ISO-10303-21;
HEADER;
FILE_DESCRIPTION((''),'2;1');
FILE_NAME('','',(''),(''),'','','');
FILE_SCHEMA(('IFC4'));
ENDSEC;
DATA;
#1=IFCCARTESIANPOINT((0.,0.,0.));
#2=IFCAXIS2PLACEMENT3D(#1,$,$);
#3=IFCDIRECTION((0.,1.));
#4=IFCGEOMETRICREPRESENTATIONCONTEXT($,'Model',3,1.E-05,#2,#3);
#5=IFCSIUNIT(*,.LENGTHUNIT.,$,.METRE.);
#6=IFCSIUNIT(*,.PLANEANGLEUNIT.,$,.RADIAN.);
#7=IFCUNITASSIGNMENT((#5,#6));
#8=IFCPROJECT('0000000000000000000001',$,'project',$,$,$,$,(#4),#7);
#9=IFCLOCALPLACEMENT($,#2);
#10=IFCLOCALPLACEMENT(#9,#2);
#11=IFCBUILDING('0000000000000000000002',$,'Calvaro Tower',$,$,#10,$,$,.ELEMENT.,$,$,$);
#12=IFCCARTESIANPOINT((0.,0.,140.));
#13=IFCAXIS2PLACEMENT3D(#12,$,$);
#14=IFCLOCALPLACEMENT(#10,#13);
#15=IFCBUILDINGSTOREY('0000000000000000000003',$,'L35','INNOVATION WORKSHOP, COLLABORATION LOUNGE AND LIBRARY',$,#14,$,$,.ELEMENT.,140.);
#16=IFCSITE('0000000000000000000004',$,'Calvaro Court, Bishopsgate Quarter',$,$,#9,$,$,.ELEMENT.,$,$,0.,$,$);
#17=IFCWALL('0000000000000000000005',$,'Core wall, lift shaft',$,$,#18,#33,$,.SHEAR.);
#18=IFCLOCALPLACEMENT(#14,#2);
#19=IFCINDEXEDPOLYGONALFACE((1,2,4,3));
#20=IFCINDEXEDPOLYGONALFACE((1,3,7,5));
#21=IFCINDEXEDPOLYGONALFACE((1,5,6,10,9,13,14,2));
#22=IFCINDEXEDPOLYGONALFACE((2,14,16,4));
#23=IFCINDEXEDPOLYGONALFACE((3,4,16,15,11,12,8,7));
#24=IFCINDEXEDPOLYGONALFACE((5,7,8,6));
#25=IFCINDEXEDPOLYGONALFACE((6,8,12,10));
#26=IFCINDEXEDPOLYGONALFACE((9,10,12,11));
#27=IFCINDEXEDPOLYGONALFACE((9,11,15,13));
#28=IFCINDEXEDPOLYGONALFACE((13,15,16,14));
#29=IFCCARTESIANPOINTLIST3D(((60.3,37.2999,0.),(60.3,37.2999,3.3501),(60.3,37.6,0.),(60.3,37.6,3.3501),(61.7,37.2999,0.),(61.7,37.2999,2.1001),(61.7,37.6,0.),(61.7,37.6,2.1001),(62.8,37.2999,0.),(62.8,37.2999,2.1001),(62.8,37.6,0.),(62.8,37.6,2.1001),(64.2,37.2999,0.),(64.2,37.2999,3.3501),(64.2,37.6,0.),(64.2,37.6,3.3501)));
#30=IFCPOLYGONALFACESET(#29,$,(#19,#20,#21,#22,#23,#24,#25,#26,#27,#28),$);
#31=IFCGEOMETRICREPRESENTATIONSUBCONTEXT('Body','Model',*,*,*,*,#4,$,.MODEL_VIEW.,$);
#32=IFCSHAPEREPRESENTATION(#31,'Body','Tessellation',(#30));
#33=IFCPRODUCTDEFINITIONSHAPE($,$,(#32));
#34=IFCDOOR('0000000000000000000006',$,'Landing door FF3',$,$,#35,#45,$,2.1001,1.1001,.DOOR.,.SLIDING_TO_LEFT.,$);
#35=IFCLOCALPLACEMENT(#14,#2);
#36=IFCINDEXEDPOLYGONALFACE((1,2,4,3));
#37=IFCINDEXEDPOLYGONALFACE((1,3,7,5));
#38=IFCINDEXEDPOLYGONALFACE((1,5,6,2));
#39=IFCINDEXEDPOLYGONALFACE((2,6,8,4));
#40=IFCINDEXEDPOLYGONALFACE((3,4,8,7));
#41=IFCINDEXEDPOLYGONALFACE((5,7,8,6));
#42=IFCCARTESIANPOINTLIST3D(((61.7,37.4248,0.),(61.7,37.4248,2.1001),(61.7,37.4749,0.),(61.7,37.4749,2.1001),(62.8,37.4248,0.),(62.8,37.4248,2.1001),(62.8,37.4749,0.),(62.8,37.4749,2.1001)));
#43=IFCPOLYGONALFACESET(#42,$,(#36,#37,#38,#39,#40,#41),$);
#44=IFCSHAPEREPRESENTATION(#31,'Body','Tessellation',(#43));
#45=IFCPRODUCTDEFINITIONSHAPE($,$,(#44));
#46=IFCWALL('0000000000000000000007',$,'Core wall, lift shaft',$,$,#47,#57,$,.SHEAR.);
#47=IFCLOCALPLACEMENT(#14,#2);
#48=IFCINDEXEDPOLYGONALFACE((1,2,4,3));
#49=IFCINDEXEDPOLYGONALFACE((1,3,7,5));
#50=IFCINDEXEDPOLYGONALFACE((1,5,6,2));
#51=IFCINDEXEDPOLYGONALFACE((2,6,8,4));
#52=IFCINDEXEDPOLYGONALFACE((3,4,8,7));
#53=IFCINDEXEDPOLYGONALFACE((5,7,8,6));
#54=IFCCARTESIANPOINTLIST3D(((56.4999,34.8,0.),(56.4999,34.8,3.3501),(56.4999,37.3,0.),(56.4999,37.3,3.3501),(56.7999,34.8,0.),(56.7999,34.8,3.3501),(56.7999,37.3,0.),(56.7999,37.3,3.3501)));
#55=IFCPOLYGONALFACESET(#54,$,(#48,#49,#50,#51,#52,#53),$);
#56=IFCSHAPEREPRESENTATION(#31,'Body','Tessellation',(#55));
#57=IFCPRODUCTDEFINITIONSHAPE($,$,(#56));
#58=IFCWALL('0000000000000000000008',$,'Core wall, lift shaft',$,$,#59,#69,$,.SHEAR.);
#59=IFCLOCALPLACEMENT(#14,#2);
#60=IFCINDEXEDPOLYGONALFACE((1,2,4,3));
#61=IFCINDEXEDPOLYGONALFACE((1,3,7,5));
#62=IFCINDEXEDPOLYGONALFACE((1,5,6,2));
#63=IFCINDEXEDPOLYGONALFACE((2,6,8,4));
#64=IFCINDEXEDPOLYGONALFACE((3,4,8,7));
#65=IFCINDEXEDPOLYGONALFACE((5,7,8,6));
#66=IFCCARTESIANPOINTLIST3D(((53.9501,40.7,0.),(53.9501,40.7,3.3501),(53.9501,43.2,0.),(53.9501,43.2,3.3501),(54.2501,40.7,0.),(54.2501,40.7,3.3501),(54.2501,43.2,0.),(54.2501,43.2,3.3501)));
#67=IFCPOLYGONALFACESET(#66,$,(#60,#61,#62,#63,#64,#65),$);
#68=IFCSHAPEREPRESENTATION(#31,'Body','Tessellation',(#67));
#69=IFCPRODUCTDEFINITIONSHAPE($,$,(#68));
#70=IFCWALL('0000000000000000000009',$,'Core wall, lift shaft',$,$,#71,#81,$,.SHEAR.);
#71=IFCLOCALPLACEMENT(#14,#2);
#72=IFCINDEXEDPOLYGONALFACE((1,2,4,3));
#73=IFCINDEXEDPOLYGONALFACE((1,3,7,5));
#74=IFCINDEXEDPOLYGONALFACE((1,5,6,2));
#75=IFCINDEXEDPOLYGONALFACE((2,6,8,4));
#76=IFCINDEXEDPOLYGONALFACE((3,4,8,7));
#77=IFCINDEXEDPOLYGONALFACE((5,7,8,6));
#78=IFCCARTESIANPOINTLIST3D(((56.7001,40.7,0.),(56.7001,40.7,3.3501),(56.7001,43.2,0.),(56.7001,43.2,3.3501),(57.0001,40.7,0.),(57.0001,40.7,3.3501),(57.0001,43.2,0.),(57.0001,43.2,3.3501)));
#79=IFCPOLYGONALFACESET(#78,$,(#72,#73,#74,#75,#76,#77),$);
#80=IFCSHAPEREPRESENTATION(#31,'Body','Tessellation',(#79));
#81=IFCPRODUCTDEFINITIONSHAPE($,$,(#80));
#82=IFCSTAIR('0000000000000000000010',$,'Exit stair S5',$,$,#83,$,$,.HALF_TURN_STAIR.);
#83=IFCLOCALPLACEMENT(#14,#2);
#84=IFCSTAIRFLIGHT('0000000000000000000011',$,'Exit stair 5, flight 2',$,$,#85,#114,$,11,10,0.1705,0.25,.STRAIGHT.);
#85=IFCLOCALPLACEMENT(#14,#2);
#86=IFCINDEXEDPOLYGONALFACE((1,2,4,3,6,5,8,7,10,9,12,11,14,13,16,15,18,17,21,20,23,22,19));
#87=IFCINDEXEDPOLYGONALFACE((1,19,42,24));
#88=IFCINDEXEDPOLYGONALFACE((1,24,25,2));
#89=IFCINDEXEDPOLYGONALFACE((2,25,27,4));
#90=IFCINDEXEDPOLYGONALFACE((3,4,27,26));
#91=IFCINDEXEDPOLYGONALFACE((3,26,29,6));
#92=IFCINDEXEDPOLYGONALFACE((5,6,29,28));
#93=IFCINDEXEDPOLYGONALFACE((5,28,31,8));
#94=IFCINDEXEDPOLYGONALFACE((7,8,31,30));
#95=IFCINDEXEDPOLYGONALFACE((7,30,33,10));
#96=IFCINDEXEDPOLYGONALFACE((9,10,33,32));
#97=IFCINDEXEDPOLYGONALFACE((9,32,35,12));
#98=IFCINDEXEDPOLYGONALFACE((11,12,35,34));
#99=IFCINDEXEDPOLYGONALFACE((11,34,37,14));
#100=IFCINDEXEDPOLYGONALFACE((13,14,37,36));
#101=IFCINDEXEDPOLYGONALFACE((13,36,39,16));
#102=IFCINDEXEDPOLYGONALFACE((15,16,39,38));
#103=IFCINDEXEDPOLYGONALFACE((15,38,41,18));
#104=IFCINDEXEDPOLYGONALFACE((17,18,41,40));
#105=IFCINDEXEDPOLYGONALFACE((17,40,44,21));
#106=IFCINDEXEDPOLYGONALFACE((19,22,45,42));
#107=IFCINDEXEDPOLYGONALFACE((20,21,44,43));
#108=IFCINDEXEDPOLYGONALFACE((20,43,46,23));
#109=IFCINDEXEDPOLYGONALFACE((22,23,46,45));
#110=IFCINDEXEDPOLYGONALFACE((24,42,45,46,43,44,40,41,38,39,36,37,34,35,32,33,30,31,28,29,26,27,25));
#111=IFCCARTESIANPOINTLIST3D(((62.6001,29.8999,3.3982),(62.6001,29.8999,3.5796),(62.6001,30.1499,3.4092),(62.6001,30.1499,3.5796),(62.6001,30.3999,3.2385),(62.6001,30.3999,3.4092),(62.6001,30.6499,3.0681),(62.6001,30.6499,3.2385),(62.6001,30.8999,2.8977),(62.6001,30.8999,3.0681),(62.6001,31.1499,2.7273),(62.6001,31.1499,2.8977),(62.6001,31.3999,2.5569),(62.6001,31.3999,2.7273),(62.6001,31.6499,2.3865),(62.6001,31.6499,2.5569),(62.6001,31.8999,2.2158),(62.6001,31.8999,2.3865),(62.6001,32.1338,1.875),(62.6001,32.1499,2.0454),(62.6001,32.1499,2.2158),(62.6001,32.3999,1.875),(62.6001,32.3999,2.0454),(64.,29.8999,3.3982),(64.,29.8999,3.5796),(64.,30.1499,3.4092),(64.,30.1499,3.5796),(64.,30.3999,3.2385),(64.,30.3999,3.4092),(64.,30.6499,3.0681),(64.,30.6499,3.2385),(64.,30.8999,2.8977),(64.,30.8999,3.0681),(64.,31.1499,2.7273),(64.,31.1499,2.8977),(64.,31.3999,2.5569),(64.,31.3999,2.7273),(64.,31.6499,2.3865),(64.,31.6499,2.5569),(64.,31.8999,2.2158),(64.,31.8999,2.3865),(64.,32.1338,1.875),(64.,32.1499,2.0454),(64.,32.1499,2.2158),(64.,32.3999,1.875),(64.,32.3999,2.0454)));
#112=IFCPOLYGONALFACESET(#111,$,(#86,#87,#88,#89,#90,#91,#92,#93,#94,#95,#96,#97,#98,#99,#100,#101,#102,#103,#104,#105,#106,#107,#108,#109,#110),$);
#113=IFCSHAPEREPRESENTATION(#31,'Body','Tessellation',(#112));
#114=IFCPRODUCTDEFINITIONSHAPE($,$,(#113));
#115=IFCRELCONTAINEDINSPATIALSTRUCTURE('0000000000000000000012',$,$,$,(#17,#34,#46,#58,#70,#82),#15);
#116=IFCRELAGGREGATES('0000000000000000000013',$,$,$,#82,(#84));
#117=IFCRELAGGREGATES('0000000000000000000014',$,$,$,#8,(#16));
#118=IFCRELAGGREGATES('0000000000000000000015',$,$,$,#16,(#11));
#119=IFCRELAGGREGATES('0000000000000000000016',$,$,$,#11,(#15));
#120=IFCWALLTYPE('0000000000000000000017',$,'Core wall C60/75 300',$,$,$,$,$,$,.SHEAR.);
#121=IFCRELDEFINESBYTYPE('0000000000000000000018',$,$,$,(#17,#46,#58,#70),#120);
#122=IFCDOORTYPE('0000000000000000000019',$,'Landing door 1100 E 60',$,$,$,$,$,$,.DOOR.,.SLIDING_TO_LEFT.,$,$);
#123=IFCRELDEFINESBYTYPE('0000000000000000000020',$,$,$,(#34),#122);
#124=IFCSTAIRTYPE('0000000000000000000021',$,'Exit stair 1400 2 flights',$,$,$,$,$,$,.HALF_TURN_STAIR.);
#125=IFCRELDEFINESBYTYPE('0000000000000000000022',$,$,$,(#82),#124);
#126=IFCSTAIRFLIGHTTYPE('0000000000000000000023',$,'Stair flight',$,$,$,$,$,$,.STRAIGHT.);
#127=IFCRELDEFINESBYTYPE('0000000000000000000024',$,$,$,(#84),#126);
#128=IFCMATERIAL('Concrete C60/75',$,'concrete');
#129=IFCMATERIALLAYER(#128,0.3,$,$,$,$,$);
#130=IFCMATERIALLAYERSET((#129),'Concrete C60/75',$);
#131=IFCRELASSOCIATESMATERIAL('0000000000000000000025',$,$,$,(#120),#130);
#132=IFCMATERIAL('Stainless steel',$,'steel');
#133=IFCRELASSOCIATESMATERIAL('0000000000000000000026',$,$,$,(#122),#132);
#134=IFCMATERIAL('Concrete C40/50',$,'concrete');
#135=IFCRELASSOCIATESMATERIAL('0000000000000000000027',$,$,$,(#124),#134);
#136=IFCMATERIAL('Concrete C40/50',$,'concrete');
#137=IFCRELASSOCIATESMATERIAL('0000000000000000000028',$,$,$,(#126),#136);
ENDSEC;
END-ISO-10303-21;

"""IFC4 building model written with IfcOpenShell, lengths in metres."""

from ifc_helpers import new_model, si_unit, direction, frame, frame_2d, origin, place, context, subcontext, project, spatial, polyline, rectangle, outline, extrude, material, layer, layer_set, type_object, element, fill, aggregate, save


model = new_model("IFC4")

# Units and contexts
model_context = context("Model", 3, precision=1e-05, world=origin(), true_north=direction((0.0, 1.0)))
body_context = subcontext(model_context, "Body", "Model", "MODEL_VIEW")
ifc_project = project(units=[si_unit("LENGTHUNIT", "METRE"), si_unit("PLANEANGLEUNIT", "RADIAN")], contexts=[model_context])

# Site, building, storey
site_placement = place(None, origin())
site = spatial("IfcSite", under=ifc_project, at=site_placement, Name="Calvaro Court, Bishopsgate Quarter", CompositionType="ELEMENT", RefElevation=0.0)
building_placement = place(site_placement, origin())
building = spatial("IfcBuilding", under=site, at=building_placement, Name="Calvaro Tower", CompositionType="ELEMENT")
storey_placement = place(building_placement, frame((0.0, 0.0, 140.0)))
storey = spatial("IfcBuildingStorey", under=building, at=storey_placement, Name="L35", Description="INNOVATION WORKSHOP, COLLABORATION LOUNGE AND LIBRARY", CompositionType="ELEMENT", Elevation=140.0)

# Shared definitions
ifc_material_1 = material(Name="Concrete C60/75", Category="concrete")
ifc_layer_1 = layer(ifc_material_1, 0.3)
ifc_layer_set_1 = layer_set([ifc_layer_1], Name="Concrete C60/75")
wall_type_1 = type_object("IfcWallType", Name="Core wall C60/75 300", PredefinedType="SHEAR", material=ifc_layer_set_1)

# Wall, opening, door
wall_1_placement = place(storey_placement, frame((60.3, 37.45, 0.0), z_axis=(0.0, 0.0, 1.0), x_axis=(1.0, 0.0, 0.0)))
wall_1 = element("IfcWall", 1, at=wall_1_placement, inside=storey, type_object=wall_type_1, Name="Core wall, lift shaft", PredefinedType="SHEAR", context=body_context, shape_type="SweptSolid", body=[
    extrude(rectangle(XDim=3.8999, YDim=0.3, at=frame_2d((1.95, 0.0))), origin(), (0.0, 0.0, 1.0), 3.3501),
])
opening_1_placement = place(wall_1_placement, frame((1.3999, 0.0, 0.0)))
opening_1 = element("IfcOpeningElement", 2, at=opening_1_placement, cuts=wall_1, PredefinedType="OPENING", context=body_context, shape_type="SweptSolid", body=[
    extrude(rectangle(XDim=1.1001, YDim=2.1001, at=frame_2d((0.55, 1.05))), frame((0.0, 0.1599, 0.0), z_axis=(0.0, -1.0, 0.0), x_axis=(1.0, 0.0, 0.0)), (0.0, 0.0, 1.0), 0.3201),
])
ifc_material_2 = material(Name="Stainless steel", Category="steel")
door_type_1 = type_object("IfcDoorType", Name="Landing door 1100 E 60", OperationType="SLIDING_TO_LEFT", PredefinedType="DOOR", material=ifc_material_2)
door_1_placement = place(opening_1_placement, origin())
door_1 = element("IfcDoor", 3, at=door_1_placement, inside=storey, type_object=door_type_1, Name="Landing door FF3", OperationType="SLIDING_TO_LEFT", OverallHeight=2.1001, OverallWidth=1.1001, PredefinedType="DOOR", context=body_context, shape_type="SweptSolid", body=[
    extrude(rectangle(XDim=1.1001, YDim=2.1001, at=frame_2d((0.55, 1.05))), frame((0.0, 0.0249, 0.0), z_axis=(0.0, -1.0, 0.0), x_axis=(1.0, 0.0, 0.0)), (0.0, 0.0, 1.0), 0.05),
])
fill(opening_1, door_1)

# Walls
for number, where, z_axis, x_axis, name in (
    (4, (56.6499, 34.8, 0.0), (0.0, 0.0, 1.0), (0.0, 1.0, 0.0), "Core wall, lift shaft"),
    (5, (54.1001, 40.7, 0.0), (0.0, 0.0, 1.0), (0.0, 1.0, 0.0), "Core wall, lift shaft"),
    (6, (56.8501, 40.7, 0.0), (0.0, 0.0, 1.0), (0.0, 1.0, 0.0), "Core wall, lift shaft"),
):
    element("IfcWall", number, at=place(storey_placement, frame(where, z_axis=z_axis, x_axis=x_axis)), inside=storey, type_object=wall_type_1, Name=name, PredefinedType="SHEAR", context=body_context, shape_type="SweptSolid", body=[
        extrude(rectangle(XDim=2.5, YDim=0.3, at=frame_2d((1.25, 0.0))), origin(), (0.0, 0.0, 1.0), 3.3501),
    ])

# Stair, stair flight
ifc_material_3 = material(Name="Concrete C40/50", Category="concrete")
stair_type = type_object("IfcStairType", Name="Exit stair 1400 2 flights", PredefinedType="HALF_TURN_STAIR", material=ifc_material_3)
stair_1_placement = place(storey_placement, origin())
stair_1 = element("IfcStair", 7, at=stair_1_placement, inside=storey, type_object=stair_type, Name="Exit stair S5", PredefinedType="HALF_TURN_STAIR")
ifc_material_4 = material(Name="Concrete C40/50", Category="concrete")
stair_flight_type = type_object("IfcStairFlightType", Name="Stair flight", PredefinedType="STRAIGHT", material=ifc_material_4)
stair_flight_placement = place(storey_placement, frame((63.3, 32.3999, 1.875), z_axis=(0.0, 0.0, 1.0), x_axis=(0.0, -1.0, 0.0)))
stair_flight = element("IfcStairFlight", 8, at=stair_flight_placement, type_object=stair_flight_type, Name="Exit stair 5, flight 2", NumberOfRisers=11, NumberOfTreads=10, PredefinedType="STRAIGHT", RiserHeight=0.1705, TreadLength=0.25, context=body_context, shape_type="SweptSolid", body=[
    extrude(outline(polyline([(0.0, 0.0), (0.0, 0.1704), (0.25, 0.1704), (0.25, 0.3408), (0.5, 0.3408), (0.5, 0.5115), (0.75, 0.5115), (0.75, 0.6819), (1.0, 0.6819), (1.0, 0.8523), (1.25, 0.8523), (1.25, 1.0227), (1.5, 1.0227), (1.5, 1.1931), (1.75, 1.1931), (1.75, 1.3635), (2.0, 1.3635), (2.0, 1.5342), (2.25, 1.5342), (2.25, 1.7046), (2.5, 1.7046), (2.5, 1.875), (2.5, 1.5232), (0.2661, 0.0), (0.0, 0.0)])), frame((0.0, 0.7, 0.0), z_axis=(0.0, -1.0, 0.0), x_axis=(1.0, 0.0, 0.0)), (0.0, 0.0, 1.0), 1.3999),
])

aggregate(stair_1, [stair_flight])

save(model, "model.ifc")
